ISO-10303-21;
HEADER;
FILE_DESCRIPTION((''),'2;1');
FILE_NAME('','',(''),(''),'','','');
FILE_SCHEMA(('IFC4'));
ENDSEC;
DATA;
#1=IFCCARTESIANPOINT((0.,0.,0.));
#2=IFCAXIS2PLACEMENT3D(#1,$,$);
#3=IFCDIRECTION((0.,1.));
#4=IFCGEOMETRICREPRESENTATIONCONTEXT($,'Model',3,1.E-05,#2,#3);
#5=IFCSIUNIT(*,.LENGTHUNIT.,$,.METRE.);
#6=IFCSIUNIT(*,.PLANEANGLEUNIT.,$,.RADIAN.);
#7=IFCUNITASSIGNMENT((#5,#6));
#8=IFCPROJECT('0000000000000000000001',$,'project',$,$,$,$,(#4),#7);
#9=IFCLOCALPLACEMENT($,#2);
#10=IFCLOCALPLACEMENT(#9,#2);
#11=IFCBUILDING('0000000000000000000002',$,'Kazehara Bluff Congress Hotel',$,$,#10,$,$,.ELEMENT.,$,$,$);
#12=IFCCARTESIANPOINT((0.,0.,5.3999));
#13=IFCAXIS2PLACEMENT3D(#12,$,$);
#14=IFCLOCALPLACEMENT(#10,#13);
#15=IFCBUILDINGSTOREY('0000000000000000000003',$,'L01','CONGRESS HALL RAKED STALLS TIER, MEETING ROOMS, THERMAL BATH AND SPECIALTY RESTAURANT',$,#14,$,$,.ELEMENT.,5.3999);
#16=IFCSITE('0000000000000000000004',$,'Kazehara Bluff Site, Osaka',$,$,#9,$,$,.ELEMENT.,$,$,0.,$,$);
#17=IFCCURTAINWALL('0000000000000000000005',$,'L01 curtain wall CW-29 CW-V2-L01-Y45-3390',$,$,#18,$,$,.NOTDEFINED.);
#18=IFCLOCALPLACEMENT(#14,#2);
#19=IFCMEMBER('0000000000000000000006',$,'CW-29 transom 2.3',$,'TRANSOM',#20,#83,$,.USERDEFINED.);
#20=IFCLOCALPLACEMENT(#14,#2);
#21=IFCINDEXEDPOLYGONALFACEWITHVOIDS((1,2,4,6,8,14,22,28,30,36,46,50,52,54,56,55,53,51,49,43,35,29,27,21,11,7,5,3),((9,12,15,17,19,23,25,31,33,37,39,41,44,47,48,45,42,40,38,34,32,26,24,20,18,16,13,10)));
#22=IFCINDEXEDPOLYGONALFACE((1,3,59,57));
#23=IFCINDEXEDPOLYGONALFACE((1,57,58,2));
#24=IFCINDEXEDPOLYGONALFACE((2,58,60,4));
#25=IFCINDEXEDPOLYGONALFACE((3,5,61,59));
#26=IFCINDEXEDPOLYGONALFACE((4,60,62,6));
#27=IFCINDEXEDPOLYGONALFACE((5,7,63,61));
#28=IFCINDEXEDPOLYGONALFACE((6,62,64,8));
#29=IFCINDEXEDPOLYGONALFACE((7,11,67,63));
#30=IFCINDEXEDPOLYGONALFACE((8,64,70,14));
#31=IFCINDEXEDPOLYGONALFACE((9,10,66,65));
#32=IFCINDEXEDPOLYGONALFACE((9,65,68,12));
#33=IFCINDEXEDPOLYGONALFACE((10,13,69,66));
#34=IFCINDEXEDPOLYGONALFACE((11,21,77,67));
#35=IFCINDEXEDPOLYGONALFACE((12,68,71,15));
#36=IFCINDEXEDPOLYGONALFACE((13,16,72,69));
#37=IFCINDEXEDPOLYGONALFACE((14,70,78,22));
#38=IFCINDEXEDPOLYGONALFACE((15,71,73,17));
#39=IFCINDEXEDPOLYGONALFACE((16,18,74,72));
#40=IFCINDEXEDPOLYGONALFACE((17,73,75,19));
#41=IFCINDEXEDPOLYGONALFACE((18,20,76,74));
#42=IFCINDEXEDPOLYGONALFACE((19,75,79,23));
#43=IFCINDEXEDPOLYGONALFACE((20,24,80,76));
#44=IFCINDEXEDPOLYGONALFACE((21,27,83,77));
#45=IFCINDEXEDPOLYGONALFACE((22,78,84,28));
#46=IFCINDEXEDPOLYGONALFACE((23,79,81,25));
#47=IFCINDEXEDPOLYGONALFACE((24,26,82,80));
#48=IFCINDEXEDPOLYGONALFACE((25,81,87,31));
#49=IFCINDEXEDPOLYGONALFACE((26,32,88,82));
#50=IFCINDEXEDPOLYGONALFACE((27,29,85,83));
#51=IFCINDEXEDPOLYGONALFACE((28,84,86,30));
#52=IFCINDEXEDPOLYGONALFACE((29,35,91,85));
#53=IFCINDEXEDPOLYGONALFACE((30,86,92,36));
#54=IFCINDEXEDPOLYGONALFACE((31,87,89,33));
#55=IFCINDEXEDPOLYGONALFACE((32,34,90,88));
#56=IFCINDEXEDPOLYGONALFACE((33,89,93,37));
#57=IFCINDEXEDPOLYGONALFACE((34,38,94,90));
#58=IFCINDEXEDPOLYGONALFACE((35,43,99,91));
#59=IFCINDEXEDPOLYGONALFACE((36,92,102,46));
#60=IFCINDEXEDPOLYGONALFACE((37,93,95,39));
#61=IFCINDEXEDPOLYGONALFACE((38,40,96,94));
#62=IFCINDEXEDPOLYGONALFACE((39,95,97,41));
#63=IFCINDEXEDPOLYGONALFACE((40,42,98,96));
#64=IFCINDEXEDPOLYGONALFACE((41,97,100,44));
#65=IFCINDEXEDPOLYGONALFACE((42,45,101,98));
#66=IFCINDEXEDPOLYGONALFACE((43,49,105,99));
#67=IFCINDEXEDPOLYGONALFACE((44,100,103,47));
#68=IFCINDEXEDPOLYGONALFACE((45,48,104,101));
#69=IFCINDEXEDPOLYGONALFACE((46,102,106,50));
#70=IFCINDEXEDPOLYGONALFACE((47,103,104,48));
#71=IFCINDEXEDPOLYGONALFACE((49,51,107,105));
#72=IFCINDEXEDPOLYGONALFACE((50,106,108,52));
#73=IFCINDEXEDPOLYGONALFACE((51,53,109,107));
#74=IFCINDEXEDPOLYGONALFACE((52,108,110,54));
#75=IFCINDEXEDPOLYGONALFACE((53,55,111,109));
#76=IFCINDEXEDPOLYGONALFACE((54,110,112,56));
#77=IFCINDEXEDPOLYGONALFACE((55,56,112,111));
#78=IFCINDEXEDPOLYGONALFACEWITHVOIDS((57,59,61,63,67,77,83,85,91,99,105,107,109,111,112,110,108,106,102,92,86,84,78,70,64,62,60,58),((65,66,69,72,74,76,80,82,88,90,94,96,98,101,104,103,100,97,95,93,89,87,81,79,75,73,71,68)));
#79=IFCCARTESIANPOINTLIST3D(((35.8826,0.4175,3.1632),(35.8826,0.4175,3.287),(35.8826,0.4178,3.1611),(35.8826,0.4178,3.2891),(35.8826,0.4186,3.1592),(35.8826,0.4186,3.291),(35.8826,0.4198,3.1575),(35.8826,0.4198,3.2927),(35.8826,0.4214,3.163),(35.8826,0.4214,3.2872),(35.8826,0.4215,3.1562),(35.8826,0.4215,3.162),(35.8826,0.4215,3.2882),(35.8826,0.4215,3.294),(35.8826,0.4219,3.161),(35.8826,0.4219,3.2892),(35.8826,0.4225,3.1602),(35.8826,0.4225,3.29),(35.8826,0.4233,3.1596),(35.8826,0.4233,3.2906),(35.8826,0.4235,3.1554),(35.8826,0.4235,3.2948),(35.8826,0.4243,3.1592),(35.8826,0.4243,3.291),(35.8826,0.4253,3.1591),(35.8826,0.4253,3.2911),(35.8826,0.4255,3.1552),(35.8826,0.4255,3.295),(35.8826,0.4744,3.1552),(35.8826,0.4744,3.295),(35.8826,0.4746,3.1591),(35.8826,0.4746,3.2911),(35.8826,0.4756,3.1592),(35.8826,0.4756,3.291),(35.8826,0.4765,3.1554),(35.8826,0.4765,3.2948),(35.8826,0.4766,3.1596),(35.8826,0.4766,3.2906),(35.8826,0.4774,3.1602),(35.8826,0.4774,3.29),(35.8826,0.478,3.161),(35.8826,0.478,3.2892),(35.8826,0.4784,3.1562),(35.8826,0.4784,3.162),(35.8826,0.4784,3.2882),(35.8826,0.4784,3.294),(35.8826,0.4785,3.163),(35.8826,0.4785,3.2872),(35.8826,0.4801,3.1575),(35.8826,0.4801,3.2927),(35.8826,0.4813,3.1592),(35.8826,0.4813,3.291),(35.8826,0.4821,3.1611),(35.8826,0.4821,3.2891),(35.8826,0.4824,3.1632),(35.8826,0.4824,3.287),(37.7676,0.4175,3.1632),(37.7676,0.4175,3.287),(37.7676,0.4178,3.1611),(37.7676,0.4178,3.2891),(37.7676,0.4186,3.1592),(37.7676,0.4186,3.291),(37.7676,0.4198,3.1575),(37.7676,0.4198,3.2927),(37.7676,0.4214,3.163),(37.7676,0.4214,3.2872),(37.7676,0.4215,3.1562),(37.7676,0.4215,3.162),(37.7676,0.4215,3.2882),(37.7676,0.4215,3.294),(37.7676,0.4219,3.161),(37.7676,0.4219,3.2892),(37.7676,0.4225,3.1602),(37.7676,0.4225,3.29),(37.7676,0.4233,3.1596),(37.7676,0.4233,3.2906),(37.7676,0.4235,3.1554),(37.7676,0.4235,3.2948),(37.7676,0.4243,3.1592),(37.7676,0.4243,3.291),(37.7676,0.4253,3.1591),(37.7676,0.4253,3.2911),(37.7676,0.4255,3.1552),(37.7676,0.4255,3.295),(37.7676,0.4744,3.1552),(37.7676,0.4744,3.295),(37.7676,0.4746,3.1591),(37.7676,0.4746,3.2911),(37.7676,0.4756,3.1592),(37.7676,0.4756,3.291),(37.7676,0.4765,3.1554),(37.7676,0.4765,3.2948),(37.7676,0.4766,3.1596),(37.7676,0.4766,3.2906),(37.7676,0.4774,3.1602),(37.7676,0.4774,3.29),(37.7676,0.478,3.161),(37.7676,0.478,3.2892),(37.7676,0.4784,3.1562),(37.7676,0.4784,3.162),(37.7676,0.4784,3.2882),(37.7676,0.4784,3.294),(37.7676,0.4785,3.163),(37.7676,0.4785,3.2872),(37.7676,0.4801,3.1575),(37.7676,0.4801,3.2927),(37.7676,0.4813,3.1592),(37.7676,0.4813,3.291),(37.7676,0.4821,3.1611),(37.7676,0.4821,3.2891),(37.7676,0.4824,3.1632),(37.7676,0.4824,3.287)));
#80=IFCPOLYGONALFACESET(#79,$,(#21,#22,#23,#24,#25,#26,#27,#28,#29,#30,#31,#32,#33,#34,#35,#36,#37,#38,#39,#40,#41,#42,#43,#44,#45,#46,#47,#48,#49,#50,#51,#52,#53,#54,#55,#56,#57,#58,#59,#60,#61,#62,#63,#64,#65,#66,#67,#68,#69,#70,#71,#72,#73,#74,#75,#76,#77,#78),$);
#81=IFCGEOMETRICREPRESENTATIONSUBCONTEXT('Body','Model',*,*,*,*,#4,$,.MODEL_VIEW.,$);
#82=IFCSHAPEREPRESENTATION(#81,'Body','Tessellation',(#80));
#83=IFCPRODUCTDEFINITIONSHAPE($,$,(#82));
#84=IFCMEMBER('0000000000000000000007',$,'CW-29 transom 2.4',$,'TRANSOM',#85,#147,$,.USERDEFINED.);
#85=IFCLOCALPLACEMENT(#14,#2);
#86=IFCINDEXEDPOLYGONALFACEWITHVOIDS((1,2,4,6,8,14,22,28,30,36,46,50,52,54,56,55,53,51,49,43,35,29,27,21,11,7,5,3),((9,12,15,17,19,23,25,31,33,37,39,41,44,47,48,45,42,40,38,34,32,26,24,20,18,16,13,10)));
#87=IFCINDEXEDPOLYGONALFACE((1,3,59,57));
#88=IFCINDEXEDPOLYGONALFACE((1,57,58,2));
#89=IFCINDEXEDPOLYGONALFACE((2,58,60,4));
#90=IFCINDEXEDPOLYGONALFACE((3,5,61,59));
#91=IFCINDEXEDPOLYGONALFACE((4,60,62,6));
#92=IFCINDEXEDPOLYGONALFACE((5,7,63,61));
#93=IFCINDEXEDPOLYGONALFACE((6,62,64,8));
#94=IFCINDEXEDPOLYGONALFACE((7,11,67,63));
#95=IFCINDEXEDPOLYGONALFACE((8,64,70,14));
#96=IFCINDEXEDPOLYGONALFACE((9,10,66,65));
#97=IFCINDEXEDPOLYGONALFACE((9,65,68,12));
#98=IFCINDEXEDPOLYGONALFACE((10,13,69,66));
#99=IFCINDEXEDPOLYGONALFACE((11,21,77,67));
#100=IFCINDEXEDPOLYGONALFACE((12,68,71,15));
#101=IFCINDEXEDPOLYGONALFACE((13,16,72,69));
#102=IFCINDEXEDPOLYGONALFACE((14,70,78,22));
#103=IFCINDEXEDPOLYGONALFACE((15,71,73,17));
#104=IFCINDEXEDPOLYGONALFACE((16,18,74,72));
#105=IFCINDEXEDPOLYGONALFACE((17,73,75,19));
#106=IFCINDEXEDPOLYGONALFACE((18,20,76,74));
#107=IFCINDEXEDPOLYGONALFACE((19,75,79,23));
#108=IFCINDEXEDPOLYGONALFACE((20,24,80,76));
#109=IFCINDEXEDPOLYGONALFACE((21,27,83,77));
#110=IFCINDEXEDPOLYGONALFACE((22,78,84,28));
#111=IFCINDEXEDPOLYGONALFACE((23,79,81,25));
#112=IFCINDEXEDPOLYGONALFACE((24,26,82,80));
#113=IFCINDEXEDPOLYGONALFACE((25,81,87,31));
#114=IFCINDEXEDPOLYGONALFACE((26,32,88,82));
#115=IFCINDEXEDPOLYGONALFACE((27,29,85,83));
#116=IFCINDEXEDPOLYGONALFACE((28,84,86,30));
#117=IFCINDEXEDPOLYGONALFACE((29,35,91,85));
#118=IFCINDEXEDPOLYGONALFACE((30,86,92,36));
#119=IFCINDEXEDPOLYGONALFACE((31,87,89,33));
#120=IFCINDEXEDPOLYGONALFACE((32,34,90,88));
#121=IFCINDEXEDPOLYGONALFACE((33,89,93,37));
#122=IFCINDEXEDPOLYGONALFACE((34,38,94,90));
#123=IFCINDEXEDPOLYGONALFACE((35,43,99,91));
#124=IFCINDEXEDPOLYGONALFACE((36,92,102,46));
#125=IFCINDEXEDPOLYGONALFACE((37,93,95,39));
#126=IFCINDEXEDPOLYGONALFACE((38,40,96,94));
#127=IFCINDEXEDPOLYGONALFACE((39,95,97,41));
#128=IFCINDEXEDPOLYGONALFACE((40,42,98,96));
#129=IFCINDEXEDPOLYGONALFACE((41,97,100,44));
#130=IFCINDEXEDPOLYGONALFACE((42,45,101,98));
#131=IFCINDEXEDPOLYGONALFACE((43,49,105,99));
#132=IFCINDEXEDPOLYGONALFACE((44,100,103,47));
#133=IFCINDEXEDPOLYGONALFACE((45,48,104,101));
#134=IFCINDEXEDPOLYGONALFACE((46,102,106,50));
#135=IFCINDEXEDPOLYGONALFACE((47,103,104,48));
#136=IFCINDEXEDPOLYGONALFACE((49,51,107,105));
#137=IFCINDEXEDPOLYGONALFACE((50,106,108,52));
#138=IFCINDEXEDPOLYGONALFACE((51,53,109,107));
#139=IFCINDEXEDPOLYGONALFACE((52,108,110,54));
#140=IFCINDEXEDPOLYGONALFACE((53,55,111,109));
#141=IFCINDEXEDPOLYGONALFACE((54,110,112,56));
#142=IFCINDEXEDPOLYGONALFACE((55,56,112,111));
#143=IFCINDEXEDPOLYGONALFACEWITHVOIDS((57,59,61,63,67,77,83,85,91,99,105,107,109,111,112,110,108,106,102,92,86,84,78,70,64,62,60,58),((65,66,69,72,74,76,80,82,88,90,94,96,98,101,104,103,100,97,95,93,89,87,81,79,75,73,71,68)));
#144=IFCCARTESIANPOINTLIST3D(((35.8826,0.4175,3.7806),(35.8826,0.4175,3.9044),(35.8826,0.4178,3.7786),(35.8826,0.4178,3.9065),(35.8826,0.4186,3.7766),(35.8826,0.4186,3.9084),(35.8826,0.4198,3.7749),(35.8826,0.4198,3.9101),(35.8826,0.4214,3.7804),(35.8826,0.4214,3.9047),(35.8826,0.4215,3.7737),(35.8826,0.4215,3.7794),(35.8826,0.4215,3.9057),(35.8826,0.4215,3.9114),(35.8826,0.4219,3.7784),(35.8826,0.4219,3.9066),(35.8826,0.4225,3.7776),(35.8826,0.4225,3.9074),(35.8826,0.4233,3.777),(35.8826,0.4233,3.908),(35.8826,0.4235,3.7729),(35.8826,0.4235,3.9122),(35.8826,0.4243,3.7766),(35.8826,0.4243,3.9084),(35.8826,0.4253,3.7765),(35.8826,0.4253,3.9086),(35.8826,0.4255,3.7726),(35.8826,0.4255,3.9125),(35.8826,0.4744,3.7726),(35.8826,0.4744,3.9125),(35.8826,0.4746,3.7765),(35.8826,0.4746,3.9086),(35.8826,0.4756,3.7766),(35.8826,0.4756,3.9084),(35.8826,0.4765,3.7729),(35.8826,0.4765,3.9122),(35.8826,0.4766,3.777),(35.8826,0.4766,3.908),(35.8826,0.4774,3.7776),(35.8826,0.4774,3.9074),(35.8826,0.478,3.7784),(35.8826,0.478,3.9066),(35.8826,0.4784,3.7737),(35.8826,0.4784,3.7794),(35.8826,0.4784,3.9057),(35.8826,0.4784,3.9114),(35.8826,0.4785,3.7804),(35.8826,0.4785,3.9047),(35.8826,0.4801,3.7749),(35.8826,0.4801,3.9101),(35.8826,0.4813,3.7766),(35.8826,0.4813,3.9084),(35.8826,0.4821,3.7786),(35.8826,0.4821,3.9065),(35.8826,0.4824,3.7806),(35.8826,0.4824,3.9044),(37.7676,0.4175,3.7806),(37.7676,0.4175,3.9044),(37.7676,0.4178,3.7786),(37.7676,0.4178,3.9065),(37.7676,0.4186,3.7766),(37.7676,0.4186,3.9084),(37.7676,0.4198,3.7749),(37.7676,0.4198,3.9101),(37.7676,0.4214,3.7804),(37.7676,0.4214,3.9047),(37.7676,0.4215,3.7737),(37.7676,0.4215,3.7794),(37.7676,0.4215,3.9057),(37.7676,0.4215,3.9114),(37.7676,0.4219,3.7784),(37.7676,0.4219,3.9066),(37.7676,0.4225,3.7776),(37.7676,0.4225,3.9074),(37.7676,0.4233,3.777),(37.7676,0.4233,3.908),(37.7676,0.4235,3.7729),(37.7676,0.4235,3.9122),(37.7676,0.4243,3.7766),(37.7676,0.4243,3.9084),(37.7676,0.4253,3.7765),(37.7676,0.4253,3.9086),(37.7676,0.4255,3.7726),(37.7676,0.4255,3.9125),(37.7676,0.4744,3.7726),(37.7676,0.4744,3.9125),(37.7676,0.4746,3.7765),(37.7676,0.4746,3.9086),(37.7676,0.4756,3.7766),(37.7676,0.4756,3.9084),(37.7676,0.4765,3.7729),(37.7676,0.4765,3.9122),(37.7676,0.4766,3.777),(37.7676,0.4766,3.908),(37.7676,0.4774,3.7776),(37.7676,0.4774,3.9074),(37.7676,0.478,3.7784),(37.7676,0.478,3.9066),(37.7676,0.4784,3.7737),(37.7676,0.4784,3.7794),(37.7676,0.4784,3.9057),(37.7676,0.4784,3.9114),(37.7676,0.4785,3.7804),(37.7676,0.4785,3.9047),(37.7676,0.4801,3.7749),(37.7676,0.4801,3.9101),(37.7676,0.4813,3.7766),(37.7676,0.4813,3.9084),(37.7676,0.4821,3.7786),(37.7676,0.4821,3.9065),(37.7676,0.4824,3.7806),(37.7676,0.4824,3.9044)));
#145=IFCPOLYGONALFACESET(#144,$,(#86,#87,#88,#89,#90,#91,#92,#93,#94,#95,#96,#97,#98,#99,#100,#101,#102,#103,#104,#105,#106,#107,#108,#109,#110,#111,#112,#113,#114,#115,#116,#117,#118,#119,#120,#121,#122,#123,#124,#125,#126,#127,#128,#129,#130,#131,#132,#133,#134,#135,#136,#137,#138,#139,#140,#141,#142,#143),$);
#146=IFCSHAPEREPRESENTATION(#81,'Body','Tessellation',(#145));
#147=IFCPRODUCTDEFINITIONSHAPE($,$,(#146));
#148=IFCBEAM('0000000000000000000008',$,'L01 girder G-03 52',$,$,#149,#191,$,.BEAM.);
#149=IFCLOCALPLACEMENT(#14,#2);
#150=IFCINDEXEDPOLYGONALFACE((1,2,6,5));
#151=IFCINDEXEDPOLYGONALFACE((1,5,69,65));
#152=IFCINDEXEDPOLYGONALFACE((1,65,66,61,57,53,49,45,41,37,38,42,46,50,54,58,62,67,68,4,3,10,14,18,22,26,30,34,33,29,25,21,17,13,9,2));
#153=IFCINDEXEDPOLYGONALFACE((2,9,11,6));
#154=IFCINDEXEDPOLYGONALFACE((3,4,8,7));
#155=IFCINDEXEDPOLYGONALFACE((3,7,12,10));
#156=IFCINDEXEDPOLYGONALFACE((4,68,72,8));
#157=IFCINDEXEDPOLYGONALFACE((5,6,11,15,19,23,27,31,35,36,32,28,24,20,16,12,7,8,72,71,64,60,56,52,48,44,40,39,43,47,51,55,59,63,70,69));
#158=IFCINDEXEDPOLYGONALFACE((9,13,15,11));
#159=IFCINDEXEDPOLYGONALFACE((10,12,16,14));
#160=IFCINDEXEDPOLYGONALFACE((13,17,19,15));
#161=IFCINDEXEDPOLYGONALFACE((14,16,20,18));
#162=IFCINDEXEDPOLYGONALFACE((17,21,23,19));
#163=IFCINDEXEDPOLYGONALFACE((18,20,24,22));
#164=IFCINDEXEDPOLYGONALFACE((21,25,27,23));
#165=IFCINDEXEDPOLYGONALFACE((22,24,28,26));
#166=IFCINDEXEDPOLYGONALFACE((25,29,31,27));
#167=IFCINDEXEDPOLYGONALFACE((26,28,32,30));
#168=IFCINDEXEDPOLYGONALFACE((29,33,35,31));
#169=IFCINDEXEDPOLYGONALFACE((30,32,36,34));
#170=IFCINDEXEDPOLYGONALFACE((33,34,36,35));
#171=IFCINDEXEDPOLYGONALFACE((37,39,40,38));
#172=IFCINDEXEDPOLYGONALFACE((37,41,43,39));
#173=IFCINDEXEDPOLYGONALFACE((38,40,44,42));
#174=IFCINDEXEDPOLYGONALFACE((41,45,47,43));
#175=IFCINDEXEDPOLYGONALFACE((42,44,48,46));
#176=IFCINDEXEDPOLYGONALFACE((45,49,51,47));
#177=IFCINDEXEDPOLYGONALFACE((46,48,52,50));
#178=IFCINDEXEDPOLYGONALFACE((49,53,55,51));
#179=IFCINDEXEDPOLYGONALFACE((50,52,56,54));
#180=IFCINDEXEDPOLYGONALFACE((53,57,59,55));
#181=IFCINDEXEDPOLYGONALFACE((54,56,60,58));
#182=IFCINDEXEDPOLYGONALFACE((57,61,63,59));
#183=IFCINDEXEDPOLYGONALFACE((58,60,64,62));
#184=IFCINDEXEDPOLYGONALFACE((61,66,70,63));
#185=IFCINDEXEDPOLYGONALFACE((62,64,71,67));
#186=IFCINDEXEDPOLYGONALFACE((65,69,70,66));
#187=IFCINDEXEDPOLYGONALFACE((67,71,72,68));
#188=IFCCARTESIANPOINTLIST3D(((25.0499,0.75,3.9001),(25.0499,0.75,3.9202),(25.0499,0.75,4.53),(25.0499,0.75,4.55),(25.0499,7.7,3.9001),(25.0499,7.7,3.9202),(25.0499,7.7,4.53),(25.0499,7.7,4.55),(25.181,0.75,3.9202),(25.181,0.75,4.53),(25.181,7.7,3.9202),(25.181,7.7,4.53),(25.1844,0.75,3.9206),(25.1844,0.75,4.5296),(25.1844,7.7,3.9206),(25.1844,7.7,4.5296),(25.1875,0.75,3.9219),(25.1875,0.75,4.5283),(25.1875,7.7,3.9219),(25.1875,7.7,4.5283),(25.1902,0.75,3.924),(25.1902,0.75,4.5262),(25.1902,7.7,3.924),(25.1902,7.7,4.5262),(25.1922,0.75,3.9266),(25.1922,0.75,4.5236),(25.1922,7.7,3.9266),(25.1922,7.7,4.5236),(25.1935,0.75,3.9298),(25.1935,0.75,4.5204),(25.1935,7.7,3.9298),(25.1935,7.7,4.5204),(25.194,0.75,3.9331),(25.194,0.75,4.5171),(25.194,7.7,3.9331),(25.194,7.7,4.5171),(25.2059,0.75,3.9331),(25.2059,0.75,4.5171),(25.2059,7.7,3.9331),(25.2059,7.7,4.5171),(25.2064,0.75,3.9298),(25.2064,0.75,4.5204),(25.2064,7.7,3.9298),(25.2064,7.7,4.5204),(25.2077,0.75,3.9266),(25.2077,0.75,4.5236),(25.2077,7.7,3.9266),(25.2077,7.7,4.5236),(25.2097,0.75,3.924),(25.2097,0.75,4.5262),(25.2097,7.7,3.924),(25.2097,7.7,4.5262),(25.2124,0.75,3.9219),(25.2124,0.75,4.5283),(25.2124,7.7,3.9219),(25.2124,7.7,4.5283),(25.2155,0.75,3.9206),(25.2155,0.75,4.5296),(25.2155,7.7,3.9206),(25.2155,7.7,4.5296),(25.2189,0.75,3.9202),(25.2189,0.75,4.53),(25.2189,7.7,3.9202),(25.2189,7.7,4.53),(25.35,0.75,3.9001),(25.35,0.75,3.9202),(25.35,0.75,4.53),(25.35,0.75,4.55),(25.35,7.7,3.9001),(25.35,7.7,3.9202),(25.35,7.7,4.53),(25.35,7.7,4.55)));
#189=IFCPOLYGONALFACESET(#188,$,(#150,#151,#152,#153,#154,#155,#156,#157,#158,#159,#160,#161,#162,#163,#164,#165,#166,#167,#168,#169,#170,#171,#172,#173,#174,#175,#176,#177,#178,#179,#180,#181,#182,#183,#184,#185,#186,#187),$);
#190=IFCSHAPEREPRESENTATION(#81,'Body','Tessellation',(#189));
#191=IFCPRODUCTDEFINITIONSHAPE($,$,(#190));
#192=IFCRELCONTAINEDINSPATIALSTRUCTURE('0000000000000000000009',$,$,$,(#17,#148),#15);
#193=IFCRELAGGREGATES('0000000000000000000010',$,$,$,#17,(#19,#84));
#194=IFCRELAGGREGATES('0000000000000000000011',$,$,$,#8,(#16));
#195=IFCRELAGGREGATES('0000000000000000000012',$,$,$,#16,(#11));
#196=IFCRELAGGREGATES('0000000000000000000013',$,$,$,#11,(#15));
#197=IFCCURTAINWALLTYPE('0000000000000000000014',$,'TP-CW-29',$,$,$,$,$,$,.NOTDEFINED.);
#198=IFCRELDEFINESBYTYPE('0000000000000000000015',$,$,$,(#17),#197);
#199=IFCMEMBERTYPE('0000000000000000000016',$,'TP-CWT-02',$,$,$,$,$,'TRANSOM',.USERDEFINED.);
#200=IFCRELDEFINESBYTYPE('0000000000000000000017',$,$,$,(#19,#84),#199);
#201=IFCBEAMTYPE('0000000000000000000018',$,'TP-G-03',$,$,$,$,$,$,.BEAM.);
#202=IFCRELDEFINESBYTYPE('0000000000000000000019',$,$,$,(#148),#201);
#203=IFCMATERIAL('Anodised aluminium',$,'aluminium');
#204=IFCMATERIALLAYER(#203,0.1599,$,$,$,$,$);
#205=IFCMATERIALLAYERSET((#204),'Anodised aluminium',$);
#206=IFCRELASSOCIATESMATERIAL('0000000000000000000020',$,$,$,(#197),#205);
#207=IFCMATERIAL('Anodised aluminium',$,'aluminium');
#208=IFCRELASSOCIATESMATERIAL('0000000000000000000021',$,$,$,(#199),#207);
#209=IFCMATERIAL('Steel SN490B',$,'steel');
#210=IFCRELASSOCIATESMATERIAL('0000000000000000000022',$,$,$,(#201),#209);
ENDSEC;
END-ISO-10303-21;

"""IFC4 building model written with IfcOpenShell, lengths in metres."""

from ifc_helpers import new_model, si_unit, direction, frame, origin, origin_2d, place, context, subcontext, project, spatial, hollow_rectangle, i_section, extrude, material, layer, layer_set, material_profile, profile_set, type_object, element, aggregate, save


model = new_model("IFC4")

# Units and contexts
model_context = context("Model", 3, precision=1e-05, world=origin(), true_north=direction((0.0, 1.0)))
body_context = subcontext(model_context, "Body", "Model", "MODEL_VIEW")
ifc_project = project(units=[si_unit("LENGTHUNIT", "METRE"), si_unit("PLANEANGLEUNIT", "RADIAN")], contexts=[model_context])

# Site, building, storey
site_placement = place(None, origin())
site = spatial("IfcSite", under=ifc_project, at=site_placement, Name="Kazehara Bluff Site, Osaka", CompositionType="ELEMENT", RefElevation=0.0)
building_placement = place(site_placement, origin())
building = spatial("IfcBuilding", under=site, at=building_placement, Name="Kazehara Bluff Congress Hotel", CompositionType="ELEMENT")
storey_placement = place(building_placement, frame((0.0, 0.0, 5.3999)))
storey = spatial("IfcBuildingStorey", under=building, at=storey_placement, Name="L01", Description="CONGRESS HALL RAKED STALLS TIER, MEETING ROOMS, THERMAL BATH AND SPECIALTY RESTAURANT", CompositionType="ELEMENT", Elevation=5.3999)

# Shared definitions
ifc_material_1 = material(Name="Anodised aluminium", Category="aluminium")
ifc_layer_1 = layer(ifc_material_1, 0.1599)
ifc_layer_set_1 = layer_set([ifc_layer_1], Name="Anodised aluminium")
curtain_wall_type = type_object("IfcCurtainWallType", Name="TP-CW-29", PredefinedType="NOTDEFINED", material=ifc_layer_set_1)

# Curtain wall, members
curtain_wall_1_placement = place(storey_placement, origin())
curtain_wall_1 = element("IfcCurtainWall", 1, at=curtain_wall_1_placement, inside=storey, type_object=curtain_wall_type, Name="L01 curtain wall CW-29 CW-V2-L01-Y45-3390", PredefinedType="NOTDEFINED")
ifc_material_2 = material(Name="Anodised aluminium", Category="aluminium")
ifc_material_profile_1 = material_profile(ifc_material_2, hollow_rectangle(XDim=0.0649, YDim=0.1399, WallThickness=0.0039, InnerFilletRadius=0.0039, OuterFilletRadius=0.0081, at=origin_2d()))
ifc_profile_set_1 = profile_set([ifc_material_profile_1], Name="Anodised aluminium")
member_type_1 = type_object("IfcMemberType", Name="TP-CWT-02", ElementType="TRANSOM", PredefinedType="USERDEFINED", material=ifc_profile_set_1)
member_1_placement = place(storey_placement, frame((35.8826, 0.45, 3.2251), z_axis=(1.0, 0.0, 0.0), x_axis=(0.0, 1.0, 0.0)))
member_1 = element("IfcMember", 2, at=member_1_placement, type_object=member_type_1, Name="CW-29 transom 2.3", ObjectType="TRANSOM", PredefinedType="USERDEFINED", context=body_context, shape_type="SweptSolid", body=[
    extrude(hollow_rectangle(XDim=0.0649, YDim=0.1399, WallThickness=0.0039, InnerFilletRadius=0.0039, OuterFilletRadius=0.0081, at=origin_2d()), origin(), (0.0, 0.0, 1.0), 1.885),
])
member_2_placement = place(storey_placement, frame((35.8826, 0.45, 3.8425), z_axis=(1.0, 0.0, 0.0), x_axis=(0.0, 1.0, 0.0)))
member_2 = element("IfcMember", 3, at=member_2_placement, type_object=member_type_1, Name="CW-29 transom 2.4", ObjectType="TRANSOM", PredefinedType="USERDEFINED", context=body_context, shape_type="SweptSolid", body=[
    extrude(hollow_rectangle(XDim=0.0649, YDim=0.1399, WallThickness=0.0039, InnerFilletRadius=0.0039, OuterFilletRadius=0.0081, at=origin_2d()), origin(), (0.0, 0.0, 1.0), 1.885),
])

# Beam
ifc_material_3 = material(Name="Steel SN490B", Category="steel")
ifc_material_profile_2 = material_profile(ifc_material_3, i_section(OverallWidth=0.3, OverallDepth=0.6499, WebThickness=0.012, FlangeThickness=0.02, FilletRadius=0.0129, at=origin_2d()))
ifc_profile_set_2 = profile_set([ifc_material_profile_2], Name="Steel SN490B")
beam_type_1 = type_object("IfcBeamType", Name="TP-G-03", PredefinedType="BEAM", material=ifc_profile_set_2)
for number, where, z_axis, x_axis, name in (
    (4, (25.2, 0.75, 4.2251), (0.0, 1.0, 0.0), (-1.0, 0.0, 0.0), "L01 girder G-03 52"),
):
    element("IfcBeam", number, at=place(storey_placement, frame(where, z_axis=z_axis, x_axis=x_axis)), inside=storey, type_object=beam_type_1, Name=name, PredefinedType="BEAM", context=body_context, shape_type="SweptSolid", body=[
        extrude(i_section(OverallWidth=0.3, OverallDepth=0.6499, WebThickness=0.012, FlangeThickness=0.02, FilletRadius=0.0129, at=origin_2d()), origin(), (0.0, 0.0, 1.0), 6.95),
    ])

aggregate(curtain_wall_1, [member_1, member_2])

save(model, "model.ifc")
